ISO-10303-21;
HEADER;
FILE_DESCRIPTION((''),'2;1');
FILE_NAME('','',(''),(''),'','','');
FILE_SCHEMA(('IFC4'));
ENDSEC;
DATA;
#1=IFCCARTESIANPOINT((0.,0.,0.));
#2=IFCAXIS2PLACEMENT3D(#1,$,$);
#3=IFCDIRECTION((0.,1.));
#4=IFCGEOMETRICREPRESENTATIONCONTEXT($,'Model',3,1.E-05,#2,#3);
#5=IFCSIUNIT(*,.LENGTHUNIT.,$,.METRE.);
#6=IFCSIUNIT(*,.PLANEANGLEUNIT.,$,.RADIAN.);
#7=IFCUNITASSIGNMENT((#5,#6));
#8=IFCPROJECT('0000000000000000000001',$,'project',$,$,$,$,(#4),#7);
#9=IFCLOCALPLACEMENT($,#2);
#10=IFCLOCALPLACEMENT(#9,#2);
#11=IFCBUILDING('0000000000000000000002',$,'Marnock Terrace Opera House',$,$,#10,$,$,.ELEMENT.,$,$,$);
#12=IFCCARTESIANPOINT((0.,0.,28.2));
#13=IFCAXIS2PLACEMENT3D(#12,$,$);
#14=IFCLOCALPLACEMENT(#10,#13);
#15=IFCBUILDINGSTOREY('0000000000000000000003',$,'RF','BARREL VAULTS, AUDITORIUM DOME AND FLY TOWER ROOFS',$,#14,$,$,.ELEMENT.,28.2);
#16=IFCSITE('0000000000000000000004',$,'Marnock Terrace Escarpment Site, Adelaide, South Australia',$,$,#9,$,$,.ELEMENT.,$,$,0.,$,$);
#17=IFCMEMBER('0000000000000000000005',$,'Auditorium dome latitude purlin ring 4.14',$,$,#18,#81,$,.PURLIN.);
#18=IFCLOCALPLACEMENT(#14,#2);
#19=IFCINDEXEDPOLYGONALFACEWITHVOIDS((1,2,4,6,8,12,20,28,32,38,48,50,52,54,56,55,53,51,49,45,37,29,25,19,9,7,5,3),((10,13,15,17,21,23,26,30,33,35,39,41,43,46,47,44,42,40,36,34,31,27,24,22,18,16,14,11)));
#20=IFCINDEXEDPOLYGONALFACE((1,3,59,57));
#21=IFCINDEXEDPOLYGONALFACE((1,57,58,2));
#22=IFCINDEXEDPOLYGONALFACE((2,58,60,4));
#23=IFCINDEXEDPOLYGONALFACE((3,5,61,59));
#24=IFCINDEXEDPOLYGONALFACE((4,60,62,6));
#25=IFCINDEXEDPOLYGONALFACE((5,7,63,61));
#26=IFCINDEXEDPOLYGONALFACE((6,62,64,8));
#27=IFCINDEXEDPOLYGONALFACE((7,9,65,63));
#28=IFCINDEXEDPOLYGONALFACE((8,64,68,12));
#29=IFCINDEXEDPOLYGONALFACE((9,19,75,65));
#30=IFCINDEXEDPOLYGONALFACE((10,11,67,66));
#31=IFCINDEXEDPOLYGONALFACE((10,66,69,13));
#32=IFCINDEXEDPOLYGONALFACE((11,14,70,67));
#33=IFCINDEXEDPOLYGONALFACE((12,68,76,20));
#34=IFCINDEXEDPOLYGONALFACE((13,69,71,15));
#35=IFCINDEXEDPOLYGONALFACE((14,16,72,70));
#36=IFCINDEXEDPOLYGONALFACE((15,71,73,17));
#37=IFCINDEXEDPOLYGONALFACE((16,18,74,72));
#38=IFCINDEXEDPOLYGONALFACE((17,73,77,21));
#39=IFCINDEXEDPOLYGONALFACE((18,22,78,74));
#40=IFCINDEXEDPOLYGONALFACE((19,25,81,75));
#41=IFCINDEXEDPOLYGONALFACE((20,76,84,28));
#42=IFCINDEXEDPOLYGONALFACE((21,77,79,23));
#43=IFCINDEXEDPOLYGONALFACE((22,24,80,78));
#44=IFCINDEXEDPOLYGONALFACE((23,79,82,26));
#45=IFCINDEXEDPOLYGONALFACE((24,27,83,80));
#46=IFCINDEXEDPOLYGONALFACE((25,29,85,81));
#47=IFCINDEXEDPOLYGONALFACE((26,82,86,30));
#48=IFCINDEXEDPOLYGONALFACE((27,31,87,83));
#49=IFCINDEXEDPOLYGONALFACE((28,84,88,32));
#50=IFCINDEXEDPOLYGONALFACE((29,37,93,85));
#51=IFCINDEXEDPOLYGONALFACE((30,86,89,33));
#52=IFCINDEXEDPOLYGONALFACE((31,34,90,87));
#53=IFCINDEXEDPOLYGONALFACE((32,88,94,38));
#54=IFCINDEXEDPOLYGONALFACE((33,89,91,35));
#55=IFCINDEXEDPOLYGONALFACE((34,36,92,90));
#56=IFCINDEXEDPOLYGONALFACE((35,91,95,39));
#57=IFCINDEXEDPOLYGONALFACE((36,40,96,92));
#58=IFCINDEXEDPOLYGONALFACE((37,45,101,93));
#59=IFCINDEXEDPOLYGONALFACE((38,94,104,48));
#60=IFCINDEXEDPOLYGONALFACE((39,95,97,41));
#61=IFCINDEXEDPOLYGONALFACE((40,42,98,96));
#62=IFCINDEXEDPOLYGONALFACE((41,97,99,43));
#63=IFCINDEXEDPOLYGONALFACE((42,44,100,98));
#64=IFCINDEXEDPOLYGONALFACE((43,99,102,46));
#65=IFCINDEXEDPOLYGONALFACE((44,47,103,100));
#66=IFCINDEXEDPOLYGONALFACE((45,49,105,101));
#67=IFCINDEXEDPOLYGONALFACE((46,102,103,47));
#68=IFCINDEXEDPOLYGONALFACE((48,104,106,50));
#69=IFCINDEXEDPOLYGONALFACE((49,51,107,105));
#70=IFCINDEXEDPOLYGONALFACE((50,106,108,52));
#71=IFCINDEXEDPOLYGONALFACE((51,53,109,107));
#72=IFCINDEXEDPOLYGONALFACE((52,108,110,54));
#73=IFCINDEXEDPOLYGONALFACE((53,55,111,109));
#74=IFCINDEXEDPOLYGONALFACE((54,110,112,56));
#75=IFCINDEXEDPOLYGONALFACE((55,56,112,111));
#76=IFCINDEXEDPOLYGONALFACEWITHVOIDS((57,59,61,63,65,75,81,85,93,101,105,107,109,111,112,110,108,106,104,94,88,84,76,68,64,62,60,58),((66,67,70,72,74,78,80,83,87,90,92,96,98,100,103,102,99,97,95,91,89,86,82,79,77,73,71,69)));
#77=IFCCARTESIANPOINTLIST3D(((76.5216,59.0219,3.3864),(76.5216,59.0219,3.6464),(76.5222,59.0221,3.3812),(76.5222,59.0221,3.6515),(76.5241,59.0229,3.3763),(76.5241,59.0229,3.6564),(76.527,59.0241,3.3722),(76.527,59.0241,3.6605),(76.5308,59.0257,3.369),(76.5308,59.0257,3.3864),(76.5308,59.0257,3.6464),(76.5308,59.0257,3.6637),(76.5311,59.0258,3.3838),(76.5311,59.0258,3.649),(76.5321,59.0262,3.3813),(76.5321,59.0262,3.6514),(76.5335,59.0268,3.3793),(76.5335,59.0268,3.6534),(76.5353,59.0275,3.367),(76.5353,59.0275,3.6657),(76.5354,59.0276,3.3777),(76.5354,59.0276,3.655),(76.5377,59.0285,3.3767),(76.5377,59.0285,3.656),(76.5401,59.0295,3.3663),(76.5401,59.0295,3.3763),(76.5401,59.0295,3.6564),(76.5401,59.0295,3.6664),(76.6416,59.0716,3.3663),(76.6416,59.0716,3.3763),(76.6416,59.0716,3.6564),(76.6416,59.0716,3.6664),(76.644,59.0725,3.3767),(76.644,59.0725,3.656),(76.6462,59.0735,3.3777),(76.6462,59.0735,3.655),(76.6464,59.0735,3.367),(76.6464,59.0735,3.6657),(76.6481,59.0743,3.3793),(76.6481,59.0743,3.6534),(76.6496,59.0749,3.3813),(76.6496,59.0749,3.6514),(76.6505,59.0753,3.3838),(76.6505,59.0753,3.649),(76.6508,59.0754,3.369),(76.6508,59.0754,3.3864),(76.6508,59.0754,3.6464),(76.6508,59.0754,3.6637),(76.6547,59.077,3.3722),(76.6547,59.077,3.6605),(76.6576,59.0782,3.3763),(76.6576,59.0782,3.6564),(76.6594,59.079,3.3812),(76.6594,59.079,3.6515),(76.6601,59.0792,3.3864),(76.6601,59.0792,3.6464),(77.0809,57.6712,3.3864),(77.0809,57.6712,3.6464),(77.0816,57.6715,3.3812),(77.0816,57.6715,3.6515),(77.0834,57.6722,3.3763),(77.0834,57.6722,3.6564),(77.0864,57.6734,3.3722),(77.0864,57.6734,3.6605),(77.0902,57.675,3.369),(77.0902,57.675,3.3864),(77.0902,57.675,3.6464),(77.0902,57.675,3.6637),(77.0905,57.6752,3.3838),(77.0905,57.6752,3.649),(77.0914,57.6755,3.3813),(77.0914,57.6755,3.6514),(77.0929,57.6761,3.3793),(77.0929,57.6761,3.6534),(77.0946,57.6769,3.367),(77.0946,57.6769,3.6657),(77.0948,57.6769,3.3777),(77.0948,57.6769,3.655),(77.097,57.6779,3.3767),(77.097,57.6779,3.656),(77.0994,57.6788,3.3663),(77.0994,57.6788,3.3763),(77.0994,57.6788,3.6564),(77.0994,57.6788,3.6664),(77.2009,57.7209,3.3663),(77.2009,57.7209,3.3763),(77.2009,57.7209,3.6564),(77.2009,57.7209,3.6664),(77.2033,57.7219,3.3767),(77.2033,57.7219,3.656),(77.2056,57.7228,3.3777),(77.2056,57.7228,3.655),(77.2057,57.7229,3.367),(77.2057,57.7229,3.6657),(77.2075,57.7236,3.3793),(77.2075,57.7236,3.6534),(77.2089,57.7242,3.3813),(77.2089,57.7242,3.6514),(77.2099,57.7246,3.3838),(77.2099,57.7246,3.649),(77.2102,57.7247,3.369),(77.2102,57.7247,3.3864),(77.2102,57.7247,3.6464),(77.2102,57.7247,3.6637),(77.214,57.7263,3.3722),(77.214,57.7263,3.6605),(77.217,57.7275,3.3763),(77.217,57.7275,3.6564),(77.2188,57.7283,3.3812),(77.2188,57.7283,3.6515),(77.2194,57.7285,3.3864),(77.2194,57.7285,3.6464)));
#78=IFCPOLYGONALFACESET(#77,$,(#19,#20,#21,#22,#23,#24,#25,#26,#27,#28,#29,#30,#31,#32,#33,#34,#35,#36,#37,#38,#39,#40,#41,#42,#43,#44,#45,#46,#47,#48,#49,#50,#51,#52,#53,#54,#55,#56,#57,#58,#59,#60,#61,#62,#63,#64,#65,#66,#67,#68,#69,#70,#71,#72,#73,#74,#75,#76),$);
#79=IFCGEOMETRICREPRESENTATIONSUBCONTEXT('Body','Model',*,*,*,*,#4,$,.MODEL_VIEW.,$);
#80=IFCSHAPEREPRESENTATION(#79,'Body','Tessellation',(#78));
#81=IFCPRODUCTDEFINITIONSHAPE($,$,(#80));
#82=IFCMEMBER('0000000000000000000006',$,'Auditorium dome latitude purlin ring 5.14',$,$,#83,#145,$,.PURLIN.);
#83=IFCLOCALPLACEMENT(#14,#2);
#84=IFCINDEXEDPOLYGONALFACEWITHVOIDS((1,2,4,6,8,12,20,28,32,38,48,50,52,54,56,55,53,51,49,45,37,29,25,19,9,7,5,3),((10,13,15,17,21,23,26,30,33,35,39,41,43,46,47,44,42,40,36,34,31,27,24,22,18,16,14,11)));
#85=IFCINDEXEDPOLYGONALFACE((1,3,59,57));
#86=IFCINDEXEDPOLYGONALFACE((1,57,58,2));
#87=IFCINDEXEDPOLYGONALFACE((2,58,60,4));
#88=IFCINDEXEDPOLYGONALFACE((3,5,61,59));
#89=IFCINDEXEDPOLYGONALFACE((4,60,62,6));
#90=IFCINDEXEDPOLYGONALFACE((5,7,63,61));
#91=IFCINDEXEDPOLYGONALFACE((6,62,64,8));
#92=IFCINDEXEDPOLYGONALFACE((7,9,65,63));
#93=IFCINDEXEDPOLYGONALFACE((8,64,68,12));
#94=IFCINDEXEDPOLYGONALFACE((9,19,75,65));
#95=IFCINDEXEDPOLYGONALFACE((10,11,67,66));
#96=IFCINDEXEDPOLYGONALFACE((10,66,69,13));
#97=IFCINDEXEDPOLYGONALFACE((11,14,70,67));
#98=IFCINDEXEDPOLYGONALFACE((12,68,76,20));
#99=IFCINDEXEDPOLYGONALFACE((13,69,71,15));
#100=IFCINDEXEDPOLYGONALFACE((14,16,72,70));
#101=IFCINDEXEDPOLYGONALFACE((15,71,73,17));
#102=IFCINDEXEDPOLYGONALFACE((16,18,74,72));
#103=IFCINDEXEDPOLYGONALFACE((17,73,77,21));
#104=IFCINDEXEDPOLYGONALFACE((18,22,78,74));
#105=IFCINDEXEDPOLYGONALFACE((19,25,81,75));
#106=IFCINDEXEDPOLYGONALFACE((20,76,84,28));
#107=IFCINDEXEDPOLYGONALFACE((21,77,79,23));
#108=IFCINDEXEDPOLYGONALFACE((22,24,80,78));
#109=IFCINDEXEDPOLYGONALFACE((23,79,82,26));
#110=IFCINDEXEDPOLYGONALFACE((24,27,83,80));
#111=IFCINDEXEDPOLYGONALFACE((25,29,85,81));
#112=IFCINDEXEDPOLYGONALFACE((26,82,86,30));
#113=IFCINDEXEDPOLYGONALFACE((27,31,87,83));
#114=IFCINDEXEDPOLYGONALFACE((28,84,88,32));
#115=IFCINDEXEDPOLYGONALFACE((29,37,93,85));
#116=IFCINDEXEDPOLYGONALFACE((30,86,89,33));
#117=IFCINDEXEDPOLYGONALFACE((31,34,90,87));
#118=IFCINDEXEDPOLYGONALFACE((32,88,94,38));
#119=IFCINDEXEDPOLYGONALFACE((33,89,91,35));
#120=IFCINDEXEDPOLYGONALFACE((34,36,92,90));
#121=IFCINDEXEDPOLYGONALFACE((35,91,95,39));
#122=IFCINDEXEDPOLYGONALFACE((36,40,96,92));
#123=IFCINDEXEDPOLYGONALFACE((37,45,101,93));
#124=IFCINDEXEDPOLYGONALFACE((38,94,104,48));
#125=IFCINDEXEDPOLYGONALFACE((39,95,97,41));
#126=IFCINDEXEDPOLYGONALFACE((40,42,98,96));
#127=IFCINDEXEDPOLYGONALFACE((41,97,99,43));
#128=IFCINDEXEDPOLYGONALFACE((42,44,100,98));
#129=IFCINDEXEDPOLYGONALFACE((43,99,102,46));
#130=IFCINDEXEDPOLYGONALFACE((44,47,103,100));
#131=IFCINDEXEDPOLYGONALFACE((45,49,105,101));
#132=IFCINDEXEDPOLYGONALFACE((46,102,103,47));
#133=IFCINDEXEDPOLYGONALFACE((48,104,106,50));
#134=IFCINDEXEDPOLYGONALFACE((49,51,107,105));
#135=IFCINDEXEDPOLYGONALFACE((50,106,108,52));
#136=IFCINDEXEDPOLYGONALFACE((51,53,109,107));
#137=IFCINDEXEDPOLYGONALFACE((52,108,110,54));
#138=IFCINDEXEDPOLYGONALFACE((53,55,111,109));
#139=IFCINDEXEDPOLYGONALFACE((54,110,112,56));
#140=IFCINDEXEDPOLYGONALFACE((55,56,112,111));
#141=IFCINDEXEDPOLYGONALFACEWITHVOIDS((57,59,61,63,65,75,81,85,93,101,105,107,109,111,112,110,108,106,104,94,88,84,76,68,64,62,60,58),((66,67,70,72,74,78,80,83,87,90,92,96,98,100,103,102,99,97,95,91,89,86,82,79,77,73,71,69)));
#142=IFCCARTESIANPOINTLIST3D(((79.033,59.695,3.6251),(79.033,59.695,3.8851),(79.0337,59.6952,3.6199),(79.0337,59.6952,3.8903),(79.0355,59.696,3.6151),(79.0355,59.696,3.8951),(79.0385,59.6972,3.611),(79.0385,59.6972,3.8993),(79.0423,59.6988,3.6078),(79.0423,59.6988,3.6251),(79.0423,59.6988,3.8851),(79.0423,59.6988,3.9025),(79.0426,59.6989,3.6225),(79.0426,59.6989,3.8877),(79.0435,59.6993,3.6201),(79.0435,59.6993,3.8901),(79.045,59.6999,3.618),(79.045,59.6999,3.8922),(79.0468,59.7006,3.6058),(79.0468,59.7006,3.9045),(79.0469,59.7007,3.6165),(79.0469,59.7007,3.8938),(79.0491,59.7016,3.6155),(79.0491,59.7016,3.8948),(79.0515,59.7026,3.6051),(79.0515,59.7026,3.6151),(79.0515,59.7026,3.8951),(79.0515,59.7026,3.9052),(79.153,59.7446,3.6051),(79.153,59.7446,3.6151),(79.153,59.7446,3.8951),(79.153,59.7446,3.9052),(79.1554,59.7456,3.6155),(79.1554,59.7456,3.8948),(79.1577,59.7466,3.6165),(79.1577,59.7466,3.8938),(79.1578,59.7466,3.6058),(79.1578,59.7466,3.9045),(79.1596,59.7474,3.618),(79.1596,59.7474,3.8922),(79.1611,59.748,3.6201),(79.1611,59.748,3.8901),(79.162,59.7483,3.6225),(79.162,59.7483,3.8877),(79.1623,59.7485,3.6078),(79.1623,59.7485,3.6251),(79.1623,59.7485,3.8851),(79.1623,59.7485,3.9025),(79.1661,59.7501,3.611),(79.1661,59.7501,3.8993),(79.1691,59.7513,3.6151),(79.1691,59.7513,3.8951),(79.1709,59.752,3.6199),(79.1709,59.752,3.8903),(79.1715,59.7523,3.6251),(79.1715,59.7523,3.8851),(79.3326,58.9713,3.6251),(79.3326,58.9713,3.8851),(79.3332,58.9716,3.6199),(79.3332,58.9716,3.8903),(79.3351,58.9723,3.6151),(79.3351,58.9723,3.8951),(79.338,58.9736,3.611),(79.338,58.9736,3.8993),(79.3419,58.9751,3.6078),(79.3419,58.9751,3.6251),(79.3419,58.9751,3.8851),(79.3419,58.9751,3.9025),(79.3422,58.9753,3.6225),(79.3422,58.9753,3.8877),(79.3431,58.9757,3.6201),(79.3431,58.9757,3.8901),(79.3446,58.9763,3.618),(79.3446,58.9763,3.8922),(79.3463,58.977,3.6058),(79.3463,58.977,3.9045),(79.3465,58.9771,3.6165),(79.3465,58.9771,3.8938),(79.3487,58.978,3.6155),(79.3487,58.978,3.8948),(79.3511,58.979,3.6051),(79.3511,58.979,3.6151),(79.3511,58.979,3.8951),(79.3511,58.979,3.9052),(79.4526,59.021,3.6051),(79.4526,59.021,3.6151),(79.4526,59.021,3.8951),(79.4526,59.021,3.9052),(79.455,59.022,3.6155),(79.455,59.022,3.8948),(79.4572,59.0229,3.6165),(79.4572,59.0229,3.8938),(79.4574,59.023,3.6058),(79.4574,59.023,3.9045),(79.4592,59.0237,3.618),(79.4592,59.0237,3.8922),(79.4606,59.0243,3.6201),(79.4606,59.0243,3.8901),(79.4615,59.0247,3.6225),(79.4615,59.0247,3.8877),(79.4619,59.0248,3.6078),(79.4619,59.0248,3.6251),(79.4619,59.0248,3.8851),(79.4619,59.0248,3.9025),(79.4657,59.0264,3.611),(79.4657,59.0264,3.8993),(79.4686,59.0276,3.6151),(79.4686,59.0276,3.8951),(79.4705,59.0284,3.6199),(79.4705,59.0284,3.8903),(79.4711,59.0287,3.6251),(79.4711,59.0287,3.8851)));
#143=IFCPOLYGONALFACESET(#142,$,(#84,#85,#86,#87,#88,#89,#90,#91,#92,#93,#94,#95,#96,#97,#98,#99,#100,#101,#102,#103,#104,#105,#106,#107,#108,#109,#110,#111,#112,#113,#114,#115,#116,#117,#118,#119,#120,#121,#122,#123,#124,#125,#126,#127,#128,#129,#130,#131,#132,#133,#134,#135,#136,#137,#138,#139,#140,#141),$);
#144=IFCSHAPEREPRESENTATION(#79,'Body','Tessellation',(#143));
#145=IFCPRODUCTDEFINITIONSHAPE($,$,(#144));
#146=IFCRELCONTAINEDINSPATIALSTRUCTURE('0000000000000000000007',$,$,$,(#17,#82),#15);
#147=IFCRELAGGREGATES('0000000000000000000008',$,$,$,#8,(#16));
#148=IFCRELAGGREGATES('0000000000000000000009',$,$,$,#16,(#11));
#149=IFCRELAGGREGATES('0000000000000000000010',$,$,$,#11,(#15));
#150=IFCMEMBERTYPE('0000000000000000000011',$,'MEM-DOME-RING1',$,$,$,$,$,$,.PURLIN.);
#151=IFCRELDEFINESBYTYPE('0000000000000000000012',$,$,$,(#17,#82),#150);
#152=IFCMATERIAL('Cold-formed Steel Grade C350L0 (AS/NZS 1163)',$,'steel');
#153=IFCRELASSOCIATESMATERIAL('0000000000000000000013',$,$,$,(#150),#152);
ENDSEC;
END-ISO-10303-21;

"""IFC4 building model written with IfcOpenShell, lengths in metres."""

from ifc_helpers import new_model, si_unit, direction, frame, origin, origin_2d, place, context, subcontext, project, spatial, hollow_rectangle, extrude, material, material_profile, profile_set, type_object, element, save


model = new_model("IFC4")

# Units and contexts
model_context = context("Model", 3, precision=1e-05, world=origin(), true_north=direction((0.0, 1.0)))
body_context = subcontext(model_context, "Body", "Model", "MODEL_VIEW")
ifc_project = project(units=[si_unit("LENGTHUNIT", "METRE"), si_unit("PLANEANGLEUNIT", "RADIAN")], contexts=[model_context])

# Site, building, storey
site_placement = place(None, origin())
site = spatial("IfcSite", under=ifc_project, at=site_placement, Name="Marnock Terrace Escarpment Site, Adelaide, South Australia", CompositionType="ELEMENT", RefElevation=0.0)
building_placement = place(site_placement, origin())
building = spatial("IfcBuilding", under=site, at=building_placement, Name="Marnock Terrace Opera House", CompositionType="ELEMENT")
storey_placement = place(building_placement, frame((0.0, 0.0, 28.2)))
storey = spatial("IfcBuildingStorey", under=building, at=storey_placement, Name="RF", Description="BARREL VAULTS, AUDITORIUM DOME AND FLY TOWER ROOFS", CompositionType="ELEMENT", Elevation=28.2)

# Members
ifc_material_1 = material(Name="Cold-formed Steel Grade C350L0 (AS/NZS 1163)", Category="steel")
ifc_material_profile_1 = material_profile(ifc_material_1, hollow_rectangle(XDim=0.1499, YDim=0.3, WallThickness=0.01, InnerFilletRadius=0.01, OuterFilletRadius=0.02, at=origin_2d()))
ifc_profile_set_1 = profile_set([ifc_material_profile_1], Name="Cold-formed Steel Grade C350L0 (AS/NZS 1163)")
member_type_1 = type_object("IfcMemberType", Name="MEM-DOME-RING1", PredefinedType="PURLIN", material=ifc_profile_set_1)
member_1_placement = place(storey_placement, frame((76.5908, 59.0505, 3.5164), z_axis=(0.382622, -0.923905, 0.0), x_axis=(0.923905, 0.382622, 0.0)))
element("IfcMember", 1, at=member_1_placement, inside=storey, type_object=member_type_1, Name="Auditorium dome latitude purlin ring 4.14", PredefinedType="PURLIN", context=body_context, shape_type="SweptSolid", body=[
    extrude(hollow_rectangle(XDim=0.1499, YDim=0.3, WallThickness=0.01, InnerFilletRadius=0.01, OuterFilletRadius=0.02, at=origin_2d()), origin(), (0.0, 0.0, 1.0), 1.4619),
])
member_2_placement = place(storey_placement, frame((79.1023, 59.7236, 3.7551), z_axis=(0.382489, -0.92396, 0.0), x_axis=(0.92396, 0.382489, 0.0)))
element("IfcMember", 2, at=member_2_placement, inside=storey, type_object=member_type_1, Name="Auditorium dome latitude purlin ring 5.14", PredefinedType="PURLIN", context=body_context, shape_type="SweptSolid", body=[
    extrude(hollow_rectangle(XDim=0.1499, YDim=0.3, WallThickness=0.01, InnerFilletRadius=0.01, OuterFilletRadius=0.02, at=origin_2d()), origin(), (0.0, 0.0, 1.0), 0.7832),
])

save(model, "model.ifc")
